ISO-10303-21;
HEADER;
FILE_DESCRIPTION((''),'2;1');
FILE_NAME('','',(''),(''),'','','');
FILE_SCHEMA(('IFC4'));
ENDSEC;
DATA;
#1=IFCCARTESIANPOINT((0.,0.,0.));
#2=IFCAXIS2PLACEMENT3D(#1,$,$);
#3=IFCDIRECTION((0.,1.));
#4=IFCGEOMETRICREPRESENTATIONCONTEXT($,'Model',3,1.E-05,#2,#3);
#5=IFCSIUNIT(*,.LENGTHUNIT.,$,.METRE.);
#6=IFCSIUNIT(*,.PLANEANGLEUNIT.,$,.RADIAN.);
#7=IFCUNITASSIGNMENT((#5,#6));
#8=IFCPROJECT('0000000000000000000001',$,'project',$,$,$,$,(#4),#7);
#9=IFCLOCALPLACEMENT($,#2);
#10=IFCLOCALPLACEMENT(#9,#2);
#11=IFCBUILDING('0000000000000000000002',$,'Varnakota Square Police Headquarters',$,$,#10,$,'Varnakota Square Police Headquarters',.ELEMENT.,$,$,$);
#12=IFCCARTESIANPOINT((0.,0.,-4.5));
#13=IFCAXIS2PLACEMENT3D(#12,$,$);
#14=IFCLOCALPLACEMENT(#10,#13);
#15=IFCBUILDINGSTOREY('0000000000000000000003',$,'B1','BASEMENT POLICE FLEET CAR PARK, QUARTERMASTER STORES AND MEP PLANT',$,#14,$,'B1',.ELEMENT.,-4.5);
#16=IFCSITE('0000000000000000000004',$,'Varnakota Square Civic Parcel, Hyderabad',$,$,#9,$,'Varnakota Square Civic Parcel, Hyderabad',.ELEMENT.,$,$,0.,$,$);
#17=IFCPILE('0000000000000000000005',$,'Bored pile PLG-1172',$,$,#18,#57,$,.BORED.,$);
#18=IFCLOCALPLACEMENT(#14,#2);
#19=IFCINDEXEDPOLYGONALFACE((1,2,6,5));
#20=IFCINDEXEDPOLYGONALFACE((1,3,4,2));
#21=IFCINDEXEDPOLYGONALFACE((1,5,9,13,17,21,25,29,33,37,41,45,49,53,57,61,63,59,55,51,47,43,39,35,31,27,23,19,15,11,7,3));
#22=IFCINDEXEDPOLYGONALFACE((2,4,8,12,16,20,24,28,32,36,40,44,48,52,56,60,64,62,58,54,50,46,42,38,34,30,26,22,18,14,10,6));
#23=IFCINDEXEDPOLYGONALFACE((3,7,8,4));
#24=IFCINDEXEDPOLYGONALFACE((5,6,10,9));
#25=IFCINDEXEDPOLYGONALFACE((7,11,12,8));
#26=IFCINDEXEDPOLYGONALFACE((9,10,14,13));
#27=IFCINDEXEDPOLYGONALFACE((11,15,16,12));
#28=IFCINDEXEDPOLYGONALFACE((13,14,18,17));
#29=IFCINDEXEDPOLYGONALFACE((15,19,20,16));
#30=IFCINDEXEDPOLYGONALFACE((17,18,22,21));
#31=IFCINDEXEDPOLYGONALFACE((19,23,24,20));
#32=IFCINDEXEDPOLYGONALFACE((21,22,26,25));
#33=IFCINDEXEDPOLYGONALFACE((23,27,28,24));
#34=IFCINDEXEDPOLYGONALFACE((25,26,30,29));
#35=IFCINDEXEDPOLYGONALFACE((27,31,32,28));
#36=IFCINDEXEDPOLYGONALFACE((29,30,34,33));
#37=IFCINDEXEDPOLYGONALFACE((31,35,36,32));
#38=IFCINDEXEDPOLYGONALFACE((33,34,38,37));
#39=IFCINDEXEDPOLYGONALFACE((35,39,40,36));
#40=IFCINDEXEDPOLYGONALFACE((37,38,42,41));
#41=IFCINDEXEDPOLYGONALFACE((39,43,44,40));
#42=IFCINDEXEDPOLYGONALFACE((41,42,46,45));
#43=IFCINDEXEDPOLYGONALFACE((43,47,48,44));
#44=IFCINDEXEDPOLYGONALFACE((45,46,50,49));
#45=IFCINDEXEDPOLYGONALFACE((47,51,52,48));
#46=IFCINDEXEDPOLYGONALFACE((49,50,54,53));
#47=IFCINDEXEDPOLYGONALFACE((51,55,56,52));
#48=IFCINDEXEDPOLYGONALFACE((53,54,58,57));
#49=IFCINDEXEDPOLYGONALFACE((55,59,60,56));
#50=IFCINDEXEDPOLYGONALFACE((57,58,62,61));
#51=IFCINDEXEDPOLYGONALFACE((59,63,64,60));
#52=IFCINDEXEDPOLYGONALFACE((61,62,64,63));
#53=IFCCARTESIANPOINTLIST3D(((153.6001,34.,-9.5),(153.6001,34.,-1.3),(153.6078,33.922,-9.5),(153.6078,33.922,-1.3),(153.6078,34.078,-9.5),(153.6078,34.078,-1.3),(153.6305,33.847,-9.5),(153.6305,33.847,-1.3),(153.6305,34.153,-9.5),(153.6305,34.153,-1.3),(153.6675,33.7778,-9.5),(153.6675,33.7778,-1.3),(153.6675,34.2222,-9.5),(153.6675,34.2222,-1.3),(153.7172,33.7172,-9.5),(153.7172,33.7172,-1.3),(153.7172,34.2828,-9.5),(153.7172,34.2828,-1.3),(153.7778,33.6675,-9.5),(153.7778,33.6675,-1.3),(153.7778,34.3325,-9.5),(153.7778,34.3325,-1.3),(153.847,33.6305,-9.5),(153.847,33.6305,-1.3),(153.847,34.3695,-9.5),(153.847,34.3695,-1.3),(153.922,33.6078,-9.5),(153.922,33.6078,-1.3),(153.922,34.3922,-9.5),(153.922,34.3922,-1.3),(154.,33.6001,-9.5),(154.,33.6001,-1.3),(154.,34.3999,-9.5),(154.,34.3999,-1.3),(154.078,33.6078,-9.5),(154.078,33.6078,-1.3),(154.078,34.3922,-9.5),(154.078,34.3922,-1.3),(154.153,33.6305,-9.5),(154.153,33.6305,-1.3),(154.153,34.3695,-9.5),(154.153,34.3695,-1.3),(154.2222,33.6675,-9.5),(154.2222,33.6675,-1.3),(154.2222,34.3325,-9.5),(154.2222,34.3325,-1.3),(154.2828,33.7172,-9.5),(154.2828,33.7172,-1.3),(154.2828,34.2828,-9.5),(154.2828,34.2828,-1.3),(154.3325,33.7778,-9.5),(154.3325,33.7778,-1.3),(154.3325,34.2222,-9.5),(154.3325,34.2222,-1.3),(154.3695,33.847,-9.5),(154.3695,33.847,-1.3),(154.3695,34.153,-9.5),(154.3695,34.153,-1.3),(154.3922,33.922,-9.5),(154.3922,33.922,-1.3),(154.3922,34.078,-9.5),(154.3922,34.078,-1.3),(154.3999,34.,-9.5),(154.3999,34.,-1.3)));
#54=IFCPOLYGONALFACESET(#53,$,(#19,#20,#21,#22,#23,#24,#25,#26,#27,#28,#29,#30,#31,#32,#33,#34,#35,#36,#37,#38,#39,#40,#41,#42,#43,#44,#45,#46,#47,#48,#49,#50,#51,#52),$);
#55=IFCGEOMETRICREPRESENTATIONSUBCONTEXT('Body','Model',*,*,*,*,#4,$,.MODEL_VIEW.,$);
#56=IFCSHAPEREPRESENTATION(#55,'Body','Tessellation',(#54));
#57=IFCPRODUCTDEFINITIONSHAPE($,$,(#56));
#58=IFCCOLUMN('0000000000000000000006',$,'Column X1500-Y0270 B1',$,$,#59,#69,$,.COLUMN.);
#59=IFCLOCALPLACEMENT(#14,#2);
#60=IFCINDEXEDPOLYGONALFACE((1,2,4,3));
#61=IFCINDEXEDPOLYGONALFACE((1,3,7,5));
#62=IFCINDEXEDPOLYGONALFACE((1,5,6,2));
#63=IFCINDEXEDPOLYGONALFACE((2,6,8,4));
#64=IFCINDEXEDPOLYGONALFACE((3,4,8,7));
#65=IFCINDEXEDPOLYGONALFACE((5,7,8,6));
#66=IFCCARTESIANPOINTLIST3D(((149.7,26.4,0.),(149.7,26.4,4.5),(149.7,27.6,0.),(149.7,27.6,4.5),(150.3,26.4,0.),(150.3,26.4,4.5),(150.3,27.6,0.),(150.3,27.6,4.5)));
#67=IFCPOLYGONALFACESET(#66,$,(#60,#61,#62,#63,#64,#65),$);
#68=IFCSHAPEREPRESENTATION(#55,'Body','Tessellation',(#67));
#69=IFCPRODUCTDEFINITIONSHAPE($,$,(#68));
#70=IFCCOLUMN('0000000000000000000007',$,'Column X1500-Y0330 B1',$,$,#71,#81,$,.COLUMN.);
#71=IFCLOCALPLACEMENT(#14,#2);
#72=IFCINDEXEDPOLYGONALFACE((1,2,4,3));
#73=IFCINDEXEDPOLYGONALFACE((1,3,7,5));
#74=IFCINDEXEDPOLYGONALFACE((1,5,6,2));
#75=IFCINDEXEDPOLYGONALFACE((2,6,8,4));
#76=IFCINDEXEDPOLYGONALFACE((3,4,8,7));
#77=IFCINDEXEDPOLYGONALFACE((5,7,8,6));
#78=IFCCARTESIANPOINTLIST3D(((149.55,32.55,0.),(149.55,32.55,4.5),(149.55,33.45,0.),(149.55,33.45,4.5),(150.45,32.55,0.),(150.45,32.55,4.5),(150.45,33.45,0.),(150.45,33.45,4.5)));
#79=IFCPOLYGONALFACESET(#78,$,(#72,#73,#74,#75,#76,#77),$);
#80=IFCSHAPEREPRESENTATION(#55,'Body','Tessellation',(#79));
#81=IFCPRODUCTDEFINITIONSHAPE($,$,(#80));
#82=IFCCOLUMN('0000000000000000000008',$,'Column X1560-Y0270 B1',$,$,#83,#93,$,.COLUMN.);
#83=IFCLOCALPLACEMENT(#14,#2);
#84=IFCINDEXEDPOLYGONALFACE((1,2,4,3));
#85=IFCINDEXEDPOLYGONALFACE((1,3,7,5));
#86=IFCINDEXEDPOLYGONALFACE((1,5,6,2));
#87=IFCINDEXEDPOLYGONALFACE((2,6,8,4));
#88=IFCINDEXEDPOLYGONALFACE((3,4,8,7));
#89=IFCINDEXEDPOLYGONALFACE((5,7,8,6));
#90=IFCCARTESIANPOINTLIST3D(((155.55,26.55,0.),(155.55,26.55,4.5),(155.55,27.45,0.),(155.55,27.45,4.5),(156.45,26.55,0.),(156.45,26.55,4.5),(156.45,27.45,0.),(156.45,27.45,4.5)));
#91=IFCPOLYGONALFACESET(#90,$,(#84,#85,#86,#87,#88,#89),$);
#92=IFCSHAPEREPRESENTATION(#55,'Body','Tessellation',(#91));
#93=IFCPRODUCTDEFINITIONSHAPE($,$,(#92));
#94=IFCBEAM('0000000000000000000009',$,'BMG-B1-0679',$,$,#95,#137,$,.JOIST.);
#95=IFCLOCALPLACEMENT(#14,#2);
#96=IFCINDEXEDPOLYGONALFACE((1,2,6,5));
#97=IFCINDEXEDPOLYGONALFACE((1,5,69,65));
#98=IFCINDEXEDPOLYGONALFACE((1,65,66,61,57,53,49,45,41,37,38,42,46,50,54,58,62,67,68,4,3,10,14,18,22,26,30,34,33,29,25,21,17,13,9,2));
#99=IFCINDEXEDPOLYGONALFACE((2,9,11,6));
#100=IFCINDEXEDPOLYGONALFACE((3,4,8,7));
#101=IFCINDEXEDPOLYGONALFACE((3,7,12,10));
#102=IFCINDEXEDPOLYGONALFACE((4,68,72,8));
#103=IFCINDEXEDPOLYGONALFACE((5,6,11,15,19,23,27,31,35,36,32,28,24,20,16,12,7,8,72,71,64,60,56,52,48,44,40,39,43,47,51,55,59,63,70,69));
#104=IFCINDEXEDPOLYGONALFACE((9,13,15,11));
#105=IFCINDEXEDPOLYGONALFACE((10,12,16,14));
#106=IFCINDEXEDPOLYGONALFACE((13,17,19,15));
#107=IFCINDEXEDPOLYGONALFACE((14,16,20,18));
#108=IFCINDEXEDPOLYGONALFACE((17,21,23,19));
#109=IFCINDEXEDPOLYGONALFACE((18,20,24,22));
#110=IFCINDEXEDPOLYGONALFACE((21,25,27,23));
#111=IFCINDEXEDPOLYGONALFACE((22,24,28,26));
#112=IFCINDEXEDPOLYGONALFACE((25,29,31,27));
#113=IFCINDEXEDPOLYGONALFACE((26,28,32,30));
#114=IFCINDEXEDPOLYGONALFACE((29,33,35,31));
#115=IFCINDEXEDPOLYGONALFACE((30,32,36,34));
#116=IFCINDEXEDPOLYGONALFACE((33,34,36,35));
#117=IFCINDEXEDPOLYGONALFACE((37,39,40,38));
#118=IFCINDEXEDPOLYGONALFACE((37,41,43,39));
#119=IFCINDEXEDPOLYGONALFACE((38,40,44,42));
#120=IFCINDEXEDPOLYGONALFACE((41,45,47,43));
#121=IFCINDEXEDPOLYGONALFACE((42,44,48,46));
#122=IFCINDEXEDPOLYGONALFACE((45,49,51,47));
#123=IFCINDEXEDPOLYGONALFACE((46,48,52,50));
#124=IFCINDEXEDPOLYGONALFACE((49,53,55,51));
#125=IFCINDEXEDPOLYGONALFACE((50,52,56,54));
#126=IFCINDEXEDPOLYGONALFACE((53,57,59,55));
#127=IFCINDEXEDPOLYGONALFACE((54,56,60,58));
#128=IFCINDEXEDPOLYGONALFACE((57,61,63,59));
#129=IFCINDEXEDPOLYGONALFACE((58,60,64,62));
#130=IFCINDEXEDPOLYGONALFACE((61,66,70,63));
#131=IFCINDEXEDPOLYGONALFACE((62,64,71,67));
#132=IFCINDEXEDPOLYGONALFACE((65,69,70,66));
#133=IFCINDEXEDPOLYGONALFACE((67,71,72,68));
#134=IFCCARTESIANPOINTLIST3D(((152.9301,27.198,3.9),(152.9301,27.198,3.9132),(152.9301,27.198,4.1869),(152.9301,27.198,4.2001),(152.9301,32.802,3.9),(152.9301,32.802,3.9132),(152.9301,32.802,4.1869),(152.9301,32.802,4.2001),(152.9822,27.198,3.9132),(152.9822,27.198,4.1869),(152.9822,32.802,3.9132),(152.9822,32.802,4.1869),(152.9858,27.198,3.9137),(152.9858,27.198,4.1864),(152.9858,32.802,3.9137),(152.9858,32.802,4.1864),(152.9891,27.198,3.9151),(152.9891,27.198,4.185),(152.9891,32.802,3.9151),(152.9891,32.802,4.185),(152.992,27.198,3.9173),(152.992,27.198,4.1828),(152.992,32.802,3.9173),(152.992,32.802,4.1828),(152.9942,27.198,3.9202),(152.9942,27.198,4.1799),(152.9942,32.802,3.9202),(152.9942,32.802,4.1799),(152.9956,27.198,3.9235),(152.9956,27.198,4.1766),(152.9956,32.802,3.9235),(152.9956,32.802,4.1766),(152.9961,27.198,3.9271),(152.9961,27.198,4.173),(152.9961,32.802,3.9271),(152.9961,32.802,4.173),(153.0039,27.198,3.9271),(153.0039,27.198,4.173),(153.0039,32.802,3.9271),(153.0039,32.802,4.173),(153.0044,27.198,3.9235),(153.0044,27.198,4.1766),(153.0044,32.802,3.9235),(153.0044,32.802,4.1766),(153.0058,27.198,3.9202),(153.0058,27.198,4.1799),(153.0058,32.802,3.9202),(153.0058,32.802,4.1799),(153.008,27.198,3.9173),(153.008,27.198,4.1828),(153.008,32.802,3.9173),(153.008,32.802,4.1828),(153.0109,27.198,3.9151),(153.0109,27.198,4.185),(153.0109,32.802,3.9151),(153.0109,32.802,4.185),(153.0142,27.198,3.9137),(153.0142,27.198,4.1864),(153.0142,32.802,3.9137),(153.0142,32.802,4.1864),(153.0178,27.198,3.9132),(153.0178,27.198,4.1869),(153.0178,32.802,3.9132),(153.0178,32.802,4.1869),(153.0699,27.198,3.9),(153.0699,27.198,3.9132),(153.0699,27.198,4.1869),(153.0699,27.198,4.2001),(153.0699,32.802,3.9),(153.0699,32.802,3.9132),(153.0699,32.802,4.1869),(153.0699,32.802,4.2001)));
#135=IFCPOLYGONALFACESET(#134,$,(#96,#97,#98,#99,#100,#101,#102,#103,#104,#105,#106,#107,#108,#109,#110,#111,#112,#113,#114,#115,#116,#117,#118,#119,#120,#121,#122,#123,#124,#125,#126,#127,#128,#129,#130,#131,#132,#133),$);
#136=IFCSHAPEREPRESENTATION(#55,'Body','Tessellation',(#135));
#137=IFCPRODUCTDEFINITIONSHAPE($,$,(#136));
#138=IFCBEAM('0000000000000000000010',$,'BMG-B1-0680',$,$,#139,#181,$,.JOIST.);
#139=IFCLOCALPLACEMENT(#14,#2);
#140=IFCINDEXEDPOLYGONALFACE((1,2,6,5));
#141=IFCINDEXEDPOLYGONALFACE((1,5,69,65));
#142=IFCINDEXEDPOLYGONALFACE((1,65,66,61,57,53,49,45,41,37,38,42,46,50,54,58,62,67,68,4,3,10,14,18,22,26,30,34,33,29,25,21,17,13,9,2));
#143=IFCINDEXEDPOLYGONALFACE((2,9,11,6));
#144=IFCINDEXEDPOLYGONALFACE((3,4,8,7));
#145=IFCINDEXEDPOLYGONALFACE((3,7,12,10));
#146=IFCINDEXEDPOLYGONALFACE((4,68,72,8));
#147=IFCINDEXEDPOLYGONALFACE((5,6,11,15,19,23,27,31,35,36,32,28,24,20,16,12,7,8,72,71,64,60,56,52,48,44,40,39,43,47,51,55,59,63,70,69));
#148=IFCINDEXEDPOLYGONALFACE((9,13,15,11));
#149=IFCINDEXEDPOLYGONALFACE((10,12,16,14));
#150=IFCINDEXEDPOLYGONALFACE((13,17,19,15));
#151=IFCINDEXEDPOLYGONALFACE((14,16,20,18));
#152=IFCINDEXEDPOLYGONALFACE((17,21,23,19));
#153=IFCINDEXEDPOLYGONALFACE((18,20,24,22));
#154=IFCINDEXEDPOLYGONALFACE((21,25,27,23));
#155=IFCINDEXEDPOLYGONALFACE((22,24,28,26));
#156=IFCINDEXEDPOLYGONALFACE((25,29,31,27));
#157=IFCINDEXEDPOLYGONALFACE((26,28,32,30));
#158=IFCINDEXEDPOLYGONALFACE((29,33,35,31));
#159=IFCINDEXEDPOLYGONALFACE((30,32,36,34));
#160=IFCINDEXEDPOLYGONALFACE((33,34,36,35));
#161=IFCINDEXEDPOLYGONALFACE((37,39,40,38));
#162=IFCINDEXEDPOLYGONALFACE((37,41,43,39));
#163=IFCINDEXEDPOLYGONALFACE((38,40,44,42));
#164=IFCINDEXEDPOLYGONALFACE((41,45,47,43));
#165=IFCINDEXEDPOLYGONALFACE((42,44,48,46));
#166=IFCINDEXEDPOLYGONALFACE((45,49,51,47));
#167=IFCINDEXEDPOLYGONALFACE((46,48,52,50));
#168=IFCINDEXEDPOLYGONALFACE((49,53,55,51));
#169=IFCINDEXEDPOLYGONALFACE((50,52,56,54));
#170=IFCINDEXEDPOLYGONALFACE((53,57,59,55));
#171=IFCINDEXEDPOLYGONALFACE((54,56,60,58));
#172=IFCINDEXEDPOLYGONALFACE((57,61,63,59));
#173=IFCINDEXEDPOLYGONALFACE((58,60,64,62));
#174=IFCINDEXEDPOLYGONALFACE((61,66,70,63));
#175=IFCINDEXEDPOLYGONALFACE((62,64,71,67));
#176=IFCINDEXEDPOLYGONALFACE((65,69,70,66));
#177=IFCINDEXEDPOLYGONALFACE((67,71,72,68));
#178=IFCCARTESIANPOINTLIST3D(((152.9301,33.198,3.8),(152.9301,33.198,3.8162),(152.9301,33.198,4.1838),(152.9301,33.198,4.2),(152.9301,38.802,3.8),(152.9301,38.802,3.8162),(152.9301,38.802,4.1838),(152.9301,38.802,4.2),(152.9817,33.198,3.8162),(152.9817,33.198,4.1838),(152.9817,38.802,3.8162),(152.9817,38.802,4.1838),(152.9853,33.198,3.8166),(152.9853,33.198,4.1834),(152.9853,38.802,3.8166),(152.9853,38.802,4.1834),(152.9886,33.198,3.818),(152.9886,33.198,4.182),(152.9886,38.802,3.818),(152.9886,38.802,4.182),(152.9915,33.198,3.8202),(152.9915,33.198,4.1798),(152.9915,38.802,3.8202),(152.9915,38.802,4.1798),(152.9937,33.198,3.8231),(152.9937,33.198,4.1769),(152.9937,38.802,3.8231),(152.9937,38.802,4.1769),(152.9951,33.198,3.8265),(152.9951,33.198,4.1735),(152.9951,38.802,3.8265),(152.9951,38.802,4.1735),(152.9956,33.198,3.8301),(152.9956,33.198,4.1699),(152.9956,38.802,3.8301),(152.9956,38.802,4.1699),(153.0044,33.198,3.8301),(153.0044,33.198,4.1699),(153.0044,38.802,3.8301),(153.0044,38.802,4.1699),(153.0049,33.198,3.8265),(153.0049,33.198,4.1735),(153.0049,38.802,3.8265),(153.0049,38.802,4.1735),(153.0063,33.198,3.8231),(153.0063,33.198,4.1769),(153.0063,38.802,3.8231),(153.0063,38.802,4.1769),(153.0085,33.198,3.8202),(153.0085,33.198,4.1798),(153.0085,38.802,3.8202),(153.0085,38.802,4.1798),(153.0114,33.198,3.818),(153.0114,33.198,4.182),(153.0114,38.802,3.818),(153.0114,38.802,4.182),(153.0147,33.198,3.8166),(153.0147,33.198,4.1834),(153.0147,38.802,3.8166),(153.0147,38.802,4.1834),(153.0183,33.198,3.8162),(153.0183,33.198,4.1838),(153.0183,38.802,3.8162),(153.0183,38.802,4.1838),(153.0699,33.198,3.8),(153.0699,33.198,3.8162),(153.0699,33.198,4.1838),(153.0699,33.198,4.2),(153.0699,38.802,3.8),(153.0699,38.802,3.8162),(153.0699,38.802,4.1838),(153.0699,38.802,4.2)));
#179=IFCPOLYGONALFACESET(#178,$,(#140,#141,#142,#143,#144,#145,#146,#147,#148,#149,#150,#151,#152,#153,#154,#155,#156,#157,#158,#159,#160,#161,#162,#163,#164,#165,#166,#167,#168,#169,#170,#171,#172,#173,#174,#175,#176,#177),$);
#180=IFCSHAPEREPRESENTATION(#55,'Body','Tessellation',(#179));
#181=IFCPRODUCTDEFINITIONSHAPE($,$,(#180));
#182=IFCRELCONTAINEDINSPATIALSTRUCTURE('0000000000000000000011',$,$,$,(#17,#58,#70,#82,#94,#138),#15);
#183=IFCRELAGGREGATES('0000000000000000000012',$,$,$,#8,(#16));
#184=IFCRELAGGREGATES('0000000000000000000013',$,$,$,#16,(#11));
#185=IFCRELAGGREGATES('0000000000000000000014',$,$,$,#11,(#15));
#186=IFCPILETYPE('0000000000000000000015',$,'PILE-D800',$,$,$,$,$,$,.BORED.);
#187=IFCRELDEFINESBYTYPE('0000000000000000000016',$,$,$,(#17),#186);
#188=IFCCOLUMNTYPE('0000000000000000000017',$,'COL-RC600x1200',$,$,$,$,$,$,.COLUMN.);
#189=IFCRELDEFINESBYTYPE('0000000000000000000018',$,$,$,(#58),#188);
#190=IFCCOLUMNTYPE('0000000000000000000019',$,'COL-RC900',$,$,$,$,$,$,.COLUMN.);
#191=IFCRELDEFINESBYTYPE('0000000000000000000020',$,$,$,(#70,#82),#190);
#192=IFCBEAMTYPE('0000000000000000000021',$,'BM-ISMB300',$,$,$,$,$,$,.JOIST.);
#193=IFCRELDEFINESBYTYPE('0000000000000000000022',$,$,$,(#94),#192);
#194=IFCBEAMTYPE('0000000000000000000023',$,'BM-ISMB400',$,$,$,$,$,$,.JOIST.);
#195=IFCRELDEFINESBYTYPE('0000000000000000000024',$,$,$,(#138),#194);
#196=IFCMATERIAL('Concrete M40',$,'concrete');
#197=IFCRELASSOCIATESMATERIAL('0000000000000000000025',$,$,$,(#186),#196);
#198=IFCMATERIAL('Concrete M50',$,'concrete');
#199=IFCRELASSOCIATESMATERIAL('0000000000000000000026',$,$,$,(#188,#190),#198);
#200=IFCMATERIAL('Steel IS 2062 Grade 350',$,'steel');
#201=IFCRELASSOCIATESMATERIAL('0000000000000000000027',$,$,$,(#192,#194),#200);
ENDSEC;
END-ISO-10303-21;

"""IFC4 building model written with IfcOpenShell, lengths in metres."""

from ifc_helpers import new_model, si_unit, direction, frame, origin, origin_2d, place, context, subcontext, project, spatial, rectangle, circle, i_section, extrude, material, material_profile, profile_set, type_object, element, save


model = new_model("IFC4")

# Units and contexts
model_context = context("Model", 3, precision=1e-05, world=origin(), true_north=direction((0.0, 1.0)))
body_context = subcontext(model_context, "Body", "Model", "MODEL_VIEW")
ifc_project = project(units=[si_unit("LENGTHUNIT", "METRE"), si_unit("PLANEANGLEUNIT", "RADIAN")], contexts=[model_context])

# Site, building, storey
site_placement = place(None, origin())
site = spatial("IfcSite", under=ifc_project, at=site_placement, Name="Varnakota Square Civic Parcel, Hyderabad", LongName="Varnakota Square Civic Parcel, Hyderabad", CompositionType="ELEMENT", RefElevation=0.0)
building_placement = place(site_placement, origin())
building = spatial("IfcBuilding", under=site, at=building_placement, Name="Varnakota Square Police Headquarters", LongName="Varnakota Square Police Headquarters", CompositionType="ELEMENT")
storey_placement = place(building_placement, frame((0.0, 0.0, -4.5)))
storey = spatial("IfcBuildingStorey", under=building, at=storey_placement, Name="B1", Description="BASEMENT POLICE FLEET CAR PARK, QUARTERMASTER STORES AND MEP PLANT", LongName="B1", CompositionType="ELEMENT", Elevation=-4.5)

# Shared definitions
ifc_material_1 = material(Name="Concrete M40", Category="concrete")
ifc_material_2 = material(Name="Concrete M50", Category="concrete")

# Pile
ifc_material_profile_1 = material_profile(ifc_material_1, circle(Radius=0.3999, at=origin_2d()), Name="BORED PILE 800")
ifc_profile_set_1 = profile_set([ifc_material_profile_1], Name="Concrete M40")
pile_type = type_object("IfcPileType", Name="PILE-D800", PredefinedType="BORED", material=ifc_profile_set_1)
for number, where, z_axis, x_axis, name in (
    (1, (154.0, 34.0, -1.3), (0.0, 0.0, -1.0), (1.0, 0.0, 0.0), "Bored pile PLG-1172"),
):
    element("IfcPile", number, at=place(storey_placement, frame(where, z_axis=z_axis, x_axis=x_axis)), inside=storey, type_object=pile_type, Name=name, PredefinedType="BORED", context=body_context, shape_type="SweptSolid", body=[
        extrude(circle(Radius=0.3999, at=origin_2d()), origin(), (0.0, 0.0, 1.0), 8.2),
    ])

# Columns
ifc_material_profile_2 = material_profile(ifc_material_2, rectangle(XDim=0.6001, YDim=1.2, at=origin_2d()), Name="RC 600x1200")
ifc_profile_set_2 = profile_set([ifc_material_profile_2], Name="Concrete M50")
column_type_1 = type_object("IfcColumnType", Name="COL-RC600x1200", PredefinedType="COLUMN", material=ifc_profile_set_2)
column_placement = place(storey_placement, frame((150.0, 27.0, 0.0), z_axis=(0.0, 0.0, 1.0), x_axis=(1.0, 0.0, 0.0)))
element("IfcColumn", 2, at=column_placement, inside=storey, type_object=column_type_1, Name="Column X1500-Y0270 B1", PredefinedType="COLUMN", context=body_context, shape_type="SweptSolid", body=[
    extrude(rectangle(XDim=0.6001, YDim=1.2, at=origin_2d()), origin(), (0.0, 0.0, 1.0), 4.5),
])
ifc_material_profile_3 = material_profile(ifc_material_2, rectangle(XDim=0.8999, YDim=0.8999, at=origin_2d()), Name="RC 900x900")
ifc_profile_set_3 = profile_set([ifc_material_profile_3], Name="Concrete M50")
column_type_2 = type_object("IfcColumnType", Name="COL-RC900", PredefinedType="COLUMN", material=ifc_profile_set_3)
for number, where, z_axis, x_axis, name in (
    (3, (150.0, 33.0, 0.0), (0.0, 0.0, 1.0), (1.0, 0.0, 0.0), "Column X1500-Y0330 B1"),
    (4, (156.0, 27.0, 0.0), (0.0, 0.0, 1.0), (1.0, 0.0, 0.0), "Column X1560-Y0270 B1"),
):
    element("IfcColumn", number, at=place(storey_placement, frame(where, z_axis=z_axis, x_axis=x_axis)), inside=storey, type_object=column_type_2, Name=name, PredefinedType="COLUMN", context=body_context, shape_type="SweptSolid", body=[
        extrude(rectangle(XDim=0.8999, YDim=0.8999, at=origin_2d()), origin(), (0.0, 0.0, 1.0), 4.5),
    ])

# Beams
ifc_material_3 = material(Name="Steel IS 2062 Grade 350", Category="steel")
ifc_material_profile_4 = material_profile(ifc_material_3, i_section(OverallWidth=0.1399, OverallDepth=0.3, WebThickness=0.0078, FlangeThickness=0.0132, FilletRadius=0.0139, at=origin_2d()), Name="ISMB 300")
ifc_profile_set_4 = profile_set([ifc_material_profile_4], Name="Steel IS 2062 Grade 350")
beam_type_1 = type_object("IfcBeamType", Name="BM-ISMB300", PredefinedType="JOIST", material=ifc_profile_set_4)
beam_1_placement = place(storey_placement, frame((153.0, 27.198, 4.05), z_axis=(0.0, 1.0, 0.0), x_axis=(-1.0, 0.0, 0.0)))
element("IfcBeam", 5, at=beam_1_placement, inside=storey, type_object=beam_type_1, Name="BMG-B1-0679", PredefinedType="JOIST", context=body_context, shape_type="SweptSolid", body=[
    extrude(i_section(OverallWidth=0.1399, OverallDepth=0.3, WebThickness=0.0078, FlangeThickness=0.0132, FilletRadius=0.0139, at=origin_2d()), origin(), (0.0, 0.0, 1.0), 5.604),
])
ifc_material_profile_5 = material_profile(ifc_material_3, i_section(OverallWidth=0.1399, OverallDepth=0.3999, WebThickness=0.0088, FlangeThickness=0.0161, FilletRadius=0.0139, at=origin_2d()), Name="ISMB 400")
ifc_profile_set_5 = profile_set([ifc_material_profile_5], Name="Steel IS 2062 Grade 350")
beam_type_2 = type_object("IfcBeamType", Name="BM-ISMB400", PredefinedType="JOIST", material=ifc_profile_set_5)
beam_2_placement = place(storey_placement, frame((153.0, 33.198, 4.0), z_axis=(0.0, 1.0, 0.0), x_axis=(-1.0, 0.0, 0.0)))
element("IfcBeam", 6, at=beam_2_placement, inside=storey, type_object=beam_type_2, Name="BMG-B1-0680", PredefinedType="JOIST", context=body_context, shape_type="SweptSolid", body=[
    extrude(i_section(OverallWidth=0.1399, OverallDepth=0.3999, WebThickness=0.0088, FlangeThickness=0.0161, FilletRadius=0.0139, at=origin_2d()), origin(), (0.0, 0.0, 1.0), 5.604),
])

save(model, "model.ifc")
